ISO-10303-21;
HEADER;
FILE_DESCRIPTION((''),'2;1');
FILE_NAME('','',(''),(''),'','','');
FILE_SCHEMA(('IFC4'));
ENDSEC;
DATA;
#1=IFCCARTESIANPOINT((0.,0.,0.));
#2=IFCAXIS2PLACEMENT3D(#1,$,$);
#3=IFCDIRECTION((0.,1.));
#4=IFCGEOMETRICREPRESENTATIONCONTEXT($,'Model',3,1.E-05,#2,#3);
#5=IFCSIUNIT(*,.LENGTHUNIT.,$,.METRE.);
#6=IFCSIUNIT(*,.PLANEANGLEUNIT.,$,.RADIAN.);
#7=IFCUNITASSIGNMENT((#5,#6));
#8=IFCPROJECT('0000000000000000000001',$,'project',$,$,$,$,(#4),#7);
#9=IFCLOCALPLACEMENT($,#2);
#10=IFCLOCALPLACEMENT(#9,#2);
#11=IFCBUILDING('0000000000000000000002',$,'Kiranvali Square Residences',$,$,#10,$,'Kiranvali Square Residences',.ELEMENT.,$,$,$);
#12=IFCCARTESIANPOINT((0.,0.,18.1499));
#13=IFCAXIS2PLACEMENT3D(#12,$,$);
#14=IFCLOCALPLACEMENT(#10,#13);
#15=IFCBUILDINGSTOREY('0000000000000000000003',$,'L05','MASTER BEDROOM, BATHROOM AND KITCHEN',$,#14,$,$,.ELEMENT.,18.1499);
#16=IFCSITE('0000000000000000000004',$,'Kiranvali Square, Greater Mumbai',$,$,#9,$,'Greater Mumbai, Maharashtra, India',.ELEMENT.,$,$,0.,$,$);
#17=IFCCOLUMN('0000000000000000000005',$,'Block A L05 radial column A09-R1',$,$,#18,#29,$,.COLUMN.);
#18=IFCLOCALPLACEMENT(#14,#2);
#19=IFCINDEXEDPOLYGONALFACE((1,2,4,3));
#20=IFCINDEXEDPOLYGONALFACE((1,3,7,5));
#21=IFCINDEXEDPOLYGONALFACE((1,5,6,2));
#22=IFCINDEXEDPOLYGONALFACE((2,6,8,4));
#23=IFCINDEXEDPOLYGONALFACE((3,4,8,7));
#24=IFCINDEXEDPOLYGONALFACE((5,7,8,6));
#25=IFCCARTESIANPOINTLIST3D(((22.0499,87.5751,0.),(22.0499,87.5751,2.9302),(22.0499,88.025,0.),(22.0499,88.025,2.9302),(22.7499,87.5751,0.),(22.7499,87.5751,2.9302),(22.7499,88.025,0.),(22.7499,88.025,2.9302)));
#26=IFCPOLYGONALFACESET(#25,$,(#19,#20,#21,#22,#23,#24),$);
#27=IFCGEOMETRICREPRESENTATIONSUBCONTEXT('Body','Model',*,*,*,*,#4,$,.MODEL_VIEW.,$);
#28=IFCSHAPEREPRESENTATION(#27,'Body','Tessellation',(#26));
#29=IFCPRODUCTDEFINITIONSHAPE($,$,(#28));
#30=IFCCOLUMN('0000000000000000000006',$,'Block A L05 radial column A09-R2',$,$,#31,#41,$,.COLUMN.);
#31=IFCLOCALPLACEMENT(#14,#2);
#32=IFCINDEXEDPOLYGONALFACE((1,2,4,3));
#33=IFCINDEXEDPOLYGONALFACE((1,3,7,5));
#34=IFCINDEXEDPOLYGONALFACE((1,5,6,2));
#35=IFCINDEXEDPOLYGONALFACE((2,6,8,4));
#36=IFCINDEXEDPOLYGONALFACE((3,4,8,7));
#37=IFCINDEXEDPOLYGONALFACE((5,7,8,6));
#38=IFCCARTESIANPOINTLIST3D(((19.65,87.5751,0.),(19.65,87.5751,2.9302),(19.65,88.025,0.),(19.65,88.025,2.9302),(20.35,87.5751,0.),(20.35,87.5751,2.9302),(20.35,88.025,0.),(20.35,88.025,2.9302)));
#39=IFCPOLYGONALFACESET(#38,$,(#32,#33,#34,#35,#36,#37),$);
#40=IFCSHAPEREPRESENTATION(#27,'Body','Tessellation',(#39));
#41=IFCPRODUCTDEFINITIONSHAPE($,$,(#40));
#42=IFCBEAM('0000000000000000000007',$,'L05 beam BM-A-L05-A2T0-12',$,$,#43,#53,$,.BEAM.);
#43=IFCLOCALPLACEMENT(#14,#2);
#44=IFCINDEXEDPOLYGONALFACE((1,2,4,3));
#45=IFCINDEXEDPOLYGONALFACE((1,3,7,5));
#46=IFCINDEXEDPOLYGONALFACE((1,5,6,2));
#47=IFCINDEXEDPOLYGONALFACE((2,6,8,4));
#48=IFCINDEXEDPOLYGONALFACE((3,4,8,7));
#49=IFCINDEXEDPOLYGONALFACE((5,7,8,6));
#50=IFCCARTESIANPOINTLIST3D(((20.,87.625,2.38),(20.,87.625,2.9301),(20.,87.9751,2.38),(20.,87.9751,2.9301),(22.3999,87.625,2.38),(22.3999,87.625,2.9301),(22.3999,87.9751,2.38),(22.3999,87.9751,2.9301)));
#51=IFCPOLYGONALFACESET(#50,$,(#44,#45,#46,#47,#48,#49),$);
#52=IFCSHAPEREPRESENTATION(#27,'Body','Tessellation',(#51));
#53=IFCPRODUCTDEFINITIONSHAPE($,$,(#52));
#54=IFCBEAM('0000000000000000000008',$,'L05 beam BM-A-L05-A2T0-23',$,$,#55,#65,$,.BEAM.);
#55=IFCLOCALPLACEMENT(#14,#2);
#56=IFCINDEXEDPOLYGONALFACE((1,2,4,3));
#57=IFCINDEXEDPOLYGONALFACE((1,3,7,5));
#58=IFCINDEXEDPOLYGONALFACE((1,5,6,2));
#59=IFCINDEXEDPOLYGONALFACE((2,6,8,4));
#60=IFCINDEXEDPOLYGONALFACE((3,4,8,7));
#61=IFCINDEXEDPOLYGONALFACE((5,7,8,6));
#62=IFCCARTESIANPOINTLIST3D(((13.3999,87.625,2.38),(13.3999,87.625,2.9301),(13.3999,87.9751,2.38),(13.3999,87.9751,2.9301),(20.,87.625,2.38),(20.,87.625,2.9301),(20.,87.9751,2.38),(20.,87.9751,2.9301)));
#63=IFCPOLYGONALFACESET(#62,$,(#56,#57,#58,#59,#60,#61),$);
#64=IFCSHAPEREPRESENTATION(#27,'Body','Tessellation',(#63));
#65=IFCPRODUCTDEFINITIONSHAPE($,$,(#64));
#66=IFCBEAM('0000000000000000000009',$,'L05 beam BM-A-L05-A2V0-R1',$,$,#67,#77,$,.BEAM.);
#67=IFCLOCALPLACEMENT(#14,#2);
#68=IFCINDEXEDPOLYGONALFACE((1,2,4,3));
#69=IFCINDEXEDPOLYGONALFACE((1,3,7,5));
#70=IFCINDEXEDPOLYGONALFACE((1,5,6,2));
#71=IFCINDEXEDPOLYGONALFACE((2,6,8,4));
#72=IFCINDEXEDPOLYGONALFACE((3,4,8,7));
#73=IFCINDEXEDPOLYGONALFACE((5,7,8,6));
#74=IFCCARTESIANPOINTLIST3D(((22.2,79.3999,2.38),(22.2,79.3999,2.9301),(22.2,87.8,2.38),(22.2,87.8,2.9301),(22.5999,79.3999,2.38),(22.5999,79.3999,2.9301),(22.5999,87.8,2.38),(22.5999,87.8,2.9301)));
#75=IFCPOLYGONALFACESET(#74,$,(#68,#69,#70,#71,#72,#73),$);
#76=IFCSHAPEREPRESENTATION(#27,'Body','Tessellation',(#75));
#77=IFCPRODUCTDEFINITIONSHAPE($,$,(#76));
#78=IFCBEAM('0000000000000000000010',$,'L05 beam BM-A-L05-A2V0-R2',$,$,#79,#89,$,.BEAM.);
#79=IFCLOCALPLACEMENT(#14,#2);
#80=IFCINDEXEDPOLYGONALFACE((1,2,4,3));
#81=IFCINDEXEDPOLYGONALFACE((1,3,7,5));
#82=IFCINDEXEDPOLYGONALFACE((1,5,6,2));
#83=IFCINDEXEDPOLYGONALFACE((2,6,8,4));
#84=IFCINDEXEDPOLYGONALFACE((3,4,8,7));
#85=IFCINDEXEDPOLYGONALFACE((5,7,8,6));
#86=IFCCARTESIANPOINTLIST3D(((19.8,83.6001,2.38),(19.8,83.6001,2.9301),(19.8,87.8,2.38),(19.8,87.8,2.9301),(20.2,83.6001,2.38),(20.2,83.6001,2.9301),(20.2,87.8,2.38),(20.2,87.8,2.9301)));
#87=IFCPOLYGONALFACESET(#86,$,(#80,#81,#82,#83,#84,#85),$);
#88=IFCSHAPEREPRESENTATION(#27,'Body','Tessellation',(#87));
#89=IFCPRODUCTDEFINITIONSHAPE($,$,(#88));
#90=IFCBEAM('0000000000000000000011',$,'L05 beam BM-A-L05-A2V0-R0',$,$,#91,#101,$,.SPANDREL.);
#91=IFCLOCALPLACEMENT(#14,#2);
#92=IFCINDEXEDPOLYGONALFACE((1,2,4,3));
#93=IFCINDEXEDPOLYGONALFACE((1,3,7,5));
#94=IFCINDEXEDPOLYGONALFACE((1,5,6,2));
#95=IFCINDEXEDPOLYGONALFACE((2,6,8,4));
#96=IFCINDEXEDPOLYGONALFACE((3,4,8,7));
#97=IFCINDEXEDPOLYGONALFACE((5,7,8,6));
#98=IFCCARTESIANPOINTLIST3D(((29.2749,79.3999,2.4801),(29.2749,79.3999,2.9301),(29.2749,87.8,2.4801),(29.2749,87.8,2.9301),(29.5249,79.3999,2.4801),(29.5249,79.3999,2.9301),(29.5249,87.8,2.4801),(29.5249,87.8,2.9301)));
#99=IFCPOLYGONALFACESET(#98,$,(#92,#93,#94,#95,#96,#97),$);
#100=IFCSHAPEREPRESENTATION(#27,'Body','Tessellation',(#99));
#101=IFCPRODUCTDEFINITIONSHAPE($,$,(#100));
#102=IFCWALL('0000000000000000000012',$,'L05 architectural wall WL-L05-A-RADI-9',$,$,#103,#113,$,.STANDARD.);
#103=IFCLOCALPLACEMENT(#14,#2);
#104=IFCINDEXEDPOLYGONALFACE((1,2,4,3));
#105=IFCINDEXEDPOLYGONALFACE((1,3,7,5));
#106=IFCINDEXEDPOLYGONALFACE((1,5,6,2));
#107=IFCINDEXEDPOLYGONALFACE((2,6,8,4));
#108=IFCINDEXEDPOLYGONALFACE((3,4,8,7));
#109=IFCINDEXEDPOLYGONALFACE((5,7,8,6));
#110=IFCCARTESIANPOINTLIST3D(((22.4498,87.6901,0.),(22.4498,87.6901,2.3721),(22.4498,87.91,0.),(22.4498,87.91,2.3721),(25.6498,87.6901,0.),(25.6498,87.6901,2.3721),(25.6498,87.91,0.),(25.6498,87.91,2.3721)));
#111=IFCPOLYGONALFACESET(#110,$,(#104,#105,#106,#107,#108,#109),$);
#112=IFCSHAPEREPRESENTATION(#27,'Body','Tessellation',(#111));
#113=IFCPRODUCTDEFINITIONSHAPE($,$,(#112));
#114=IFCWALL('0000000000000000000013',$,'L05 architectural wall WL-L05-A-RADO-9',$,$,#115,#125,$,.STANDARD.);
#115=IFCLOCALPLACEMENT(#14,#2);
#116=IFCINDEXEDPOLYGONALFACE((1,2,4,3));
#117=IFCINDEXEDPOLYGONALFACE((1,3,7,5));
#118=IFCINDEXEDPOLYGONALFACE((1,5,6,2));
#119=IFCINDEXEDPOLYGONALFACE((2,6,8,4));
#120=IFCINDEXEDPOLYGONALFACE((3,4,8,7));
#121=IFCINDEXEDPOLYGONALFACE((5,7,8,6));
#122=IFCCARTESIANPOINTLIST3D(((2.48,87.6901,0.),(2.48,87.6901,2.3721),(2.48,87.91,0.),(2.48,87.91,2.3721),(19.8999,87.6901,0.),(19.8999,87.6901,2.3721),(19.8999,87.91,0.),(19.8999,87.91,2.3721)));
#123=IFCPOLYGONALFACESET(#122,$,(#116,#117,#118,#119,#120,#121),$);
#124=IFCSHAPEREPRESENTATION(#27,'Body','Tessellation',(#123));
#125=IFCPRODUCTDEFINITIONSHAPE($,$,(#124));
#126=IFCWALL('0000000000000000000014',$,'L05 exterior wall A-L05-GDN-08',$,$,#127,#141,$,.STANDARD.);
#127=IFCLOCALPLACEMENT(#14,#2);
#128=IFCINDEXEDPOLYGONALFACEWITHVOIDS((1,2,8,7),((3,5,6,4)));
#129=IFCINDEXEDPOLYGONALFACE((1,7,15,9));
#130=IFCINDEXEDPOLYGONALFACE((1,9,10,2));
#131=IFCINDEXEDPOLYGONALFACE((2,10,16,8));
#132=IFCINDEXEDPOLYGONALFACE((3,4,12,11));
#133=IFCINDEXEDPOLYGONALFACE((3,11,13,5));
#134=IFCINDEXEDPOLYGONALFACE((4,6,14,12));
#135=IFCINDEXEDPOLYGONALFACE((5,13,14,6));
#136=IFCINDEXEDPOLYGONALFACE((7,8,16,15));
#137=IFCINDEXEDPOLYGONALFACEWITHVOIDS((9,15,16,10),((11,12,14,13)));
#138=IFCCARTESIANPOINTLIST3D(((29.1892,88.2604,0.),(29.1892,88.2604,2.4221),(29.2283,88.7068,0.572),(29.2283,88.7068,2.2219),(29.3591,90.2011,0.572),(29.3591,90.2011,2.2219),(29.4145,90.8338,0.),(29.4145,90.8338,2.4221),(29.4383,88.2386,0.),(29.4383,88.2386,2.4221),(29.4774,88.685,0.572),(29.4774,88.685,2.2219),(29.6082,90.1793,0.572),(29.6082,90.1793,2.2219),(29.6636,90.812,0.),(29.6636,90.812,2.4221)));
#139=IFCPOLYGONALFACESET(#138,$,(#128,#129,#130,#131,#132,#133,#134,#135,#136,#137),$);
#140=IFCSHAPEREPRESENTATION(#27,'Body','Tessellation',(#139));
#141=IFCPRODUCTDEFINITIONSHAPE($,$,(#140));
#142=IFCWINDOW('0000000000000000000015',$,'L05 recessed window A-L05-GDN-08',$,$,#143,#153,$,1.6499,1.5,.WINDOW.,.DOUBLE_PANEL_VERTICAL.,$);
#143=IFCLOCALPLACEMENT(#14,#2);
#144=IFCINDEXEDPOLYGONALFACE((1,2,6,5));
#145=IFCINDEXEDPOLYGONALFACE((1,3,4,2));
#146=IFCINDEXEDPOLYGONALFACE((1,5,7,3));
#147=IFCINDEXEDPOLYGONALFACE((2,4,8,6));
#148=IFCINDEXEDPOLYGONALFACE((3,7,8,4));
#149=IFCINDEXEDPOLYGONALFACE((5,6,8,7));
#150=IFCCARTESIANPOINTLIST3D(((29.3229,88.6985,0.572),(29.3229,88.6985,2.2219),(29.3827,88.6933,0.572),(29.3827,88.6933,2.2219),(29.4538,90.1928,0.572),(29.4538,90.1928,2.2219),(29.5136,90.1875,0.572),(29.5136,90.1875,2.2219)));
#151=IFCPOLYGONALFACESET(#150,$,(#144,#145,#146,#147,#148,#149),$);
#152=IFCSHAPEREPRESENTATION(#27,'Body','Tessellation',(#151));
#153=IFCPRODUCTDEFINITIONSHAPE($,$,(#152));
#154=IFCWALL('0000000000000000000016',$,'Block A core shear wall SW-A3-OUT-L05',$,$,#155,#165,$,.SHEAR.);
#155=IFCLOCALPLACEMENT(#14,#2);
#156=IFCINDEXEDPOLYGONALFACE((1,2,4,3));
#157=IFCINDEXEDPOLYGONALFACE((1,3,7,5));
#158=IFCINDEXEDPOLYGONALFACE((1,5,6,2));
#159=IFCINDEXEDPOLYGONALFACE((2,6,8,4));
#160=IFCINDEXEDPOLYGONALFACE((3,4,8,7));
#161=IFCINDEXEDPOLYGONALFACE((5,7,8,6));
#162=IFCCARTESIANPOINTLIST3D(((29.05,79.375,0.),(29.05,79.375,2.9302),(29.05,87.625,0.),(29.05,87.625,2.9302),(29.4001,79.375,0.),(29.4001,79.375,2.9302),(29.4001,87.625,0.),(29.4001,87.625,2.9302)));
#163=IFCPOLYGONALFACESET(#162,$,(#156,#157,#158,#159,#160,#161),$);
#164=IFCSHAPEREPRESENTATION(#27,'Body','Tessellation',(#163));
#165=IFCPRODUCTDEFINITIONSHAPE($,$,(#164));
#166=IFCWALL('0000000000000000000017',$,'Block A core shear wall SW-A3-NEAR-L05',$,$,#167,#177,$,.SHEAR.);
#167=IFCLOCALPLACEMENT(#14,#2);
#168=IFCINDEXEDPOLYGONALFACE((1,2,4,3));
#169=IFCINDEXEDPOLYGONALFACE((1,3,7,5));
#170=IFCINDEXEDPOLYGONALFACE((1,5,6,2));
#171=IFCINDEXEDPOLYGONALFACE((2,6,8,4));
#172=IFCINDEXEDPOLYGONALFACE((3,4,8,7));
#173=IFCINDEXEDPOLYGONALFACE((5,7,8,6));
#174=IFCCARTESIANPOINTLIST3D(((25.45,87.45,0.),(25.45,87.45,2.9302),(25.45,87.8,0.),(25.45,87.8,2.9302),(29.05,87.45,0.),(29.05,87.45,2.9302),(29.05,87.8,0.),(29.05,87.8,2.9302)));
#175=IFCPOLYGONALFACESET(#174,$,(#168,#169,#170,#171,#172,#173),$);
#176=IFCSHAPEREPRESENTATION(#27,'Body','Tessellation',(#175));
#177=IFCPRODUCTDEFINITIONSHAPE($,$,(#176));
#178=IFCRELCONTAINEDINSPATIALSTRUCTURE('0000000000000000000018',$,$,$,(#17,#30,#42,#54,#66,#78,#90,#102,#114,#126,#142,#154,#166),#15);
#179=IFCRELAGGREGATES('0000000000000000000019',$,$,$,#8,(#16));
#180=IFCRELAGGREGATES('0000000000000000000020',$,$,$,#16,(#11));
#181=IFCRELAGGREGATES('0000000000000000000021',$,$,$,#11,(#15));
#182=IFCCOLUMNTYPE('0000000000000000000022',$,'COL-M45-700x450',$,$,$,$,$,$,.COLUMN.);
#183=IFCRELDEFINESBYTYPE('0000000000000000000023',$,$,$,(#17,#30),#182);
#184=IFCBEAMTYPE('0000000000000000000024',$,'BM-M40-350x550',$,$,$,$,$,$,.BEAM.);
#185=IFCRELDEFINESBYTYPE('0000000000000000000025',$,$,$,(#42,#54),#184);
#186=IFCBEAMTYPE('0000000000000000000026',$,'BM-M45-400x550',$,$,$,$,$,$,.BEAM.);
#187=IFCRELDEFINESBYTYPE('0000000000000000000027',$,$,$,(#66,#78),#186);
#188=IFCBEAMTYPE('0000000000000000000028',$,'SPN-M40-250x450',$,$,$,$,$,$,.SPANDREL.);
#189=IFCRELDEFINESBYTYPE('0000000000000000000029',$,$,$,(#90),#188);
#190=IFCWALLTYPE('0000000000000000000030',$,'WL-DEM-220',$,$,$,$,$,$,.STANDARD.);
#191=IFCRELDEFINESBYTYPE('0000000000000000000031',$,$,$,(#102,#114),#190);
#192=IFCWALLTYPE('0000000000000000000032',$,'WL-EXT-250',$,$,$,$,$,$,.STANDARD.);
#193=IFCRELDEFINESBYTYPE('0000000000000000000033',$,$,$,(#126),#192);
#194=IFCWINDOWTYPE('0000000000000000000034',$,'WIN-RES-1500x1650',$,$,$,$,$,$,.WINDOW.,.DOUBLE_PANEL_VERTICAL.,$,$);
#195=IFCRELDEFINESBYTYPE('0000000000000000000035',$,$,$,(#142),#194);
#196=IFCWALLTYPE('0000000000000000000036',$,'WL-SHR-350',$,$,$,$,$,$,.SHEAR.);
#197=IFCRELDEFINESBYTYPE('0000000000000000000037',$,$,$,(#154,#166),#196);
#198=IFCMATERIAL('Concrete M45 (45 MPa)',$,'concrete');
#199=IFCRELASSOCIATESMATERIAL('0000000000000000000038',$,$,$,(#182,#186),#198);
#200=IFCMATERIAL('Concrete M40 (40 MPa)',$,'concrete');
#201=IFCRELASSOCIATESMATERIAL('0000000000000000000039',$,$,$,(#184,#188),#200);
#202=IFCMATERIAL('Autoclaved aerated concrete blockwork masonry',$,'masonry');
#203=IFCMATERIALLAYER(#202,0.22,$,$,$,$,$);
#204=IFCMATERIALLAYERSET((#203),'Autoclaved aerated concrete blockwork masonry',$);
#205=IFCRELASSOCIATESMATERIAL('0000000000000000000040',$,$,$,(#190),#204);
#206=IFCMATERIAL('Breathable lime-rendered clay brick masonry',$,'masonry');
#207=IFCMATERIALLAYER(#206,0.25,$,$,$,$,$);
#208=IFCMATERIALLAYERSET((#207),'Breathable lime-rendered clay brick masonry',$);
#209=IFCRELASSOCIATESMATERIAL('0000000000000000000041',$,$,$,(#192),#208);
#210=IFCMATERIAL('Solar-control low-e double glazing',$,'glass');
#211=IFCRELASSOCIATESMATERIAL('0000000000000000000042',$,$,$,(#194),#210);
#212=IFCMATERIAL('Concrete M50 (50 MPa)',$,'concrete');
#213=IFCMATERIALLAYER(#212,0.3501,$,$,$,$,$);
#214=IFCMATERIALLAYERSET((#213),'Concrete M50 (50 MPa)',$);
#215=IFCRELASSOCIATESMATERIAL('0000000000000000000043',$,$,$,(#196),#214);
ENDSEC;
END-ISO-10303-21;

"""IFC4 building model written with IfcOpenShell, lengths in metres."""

from ifc_helpers import new_model, si_unit, direction, frame, frame_2d, origin, origin_2d, place, context, subcontext, project, spatial, rectangle, extrude, material, layer, layer_set, material_profile, profile_set, type_object, element, fill, save


model = new_model("IFC4")

# Units and contexts
model_context = context("Model", 3, precision=1e-05, world=origin(), true_north=direction((0.0, 1.0)))
body_context = subcontext(model_context, "Body", "Model", "MODEL_VIEW")
ifc_project = project(units=[si_unit("LENGTHUNIT", "METRE"), si_unit("PLANEANGLEUNIT", "RADIAN")], contexts=[model_context])

# Site, building, storey
site_placement = place(None, origin())
site = spatial("IfcSite", under=ifc_project, at=site_placement, Name="Kiranvali Square, Greater Mumbai", LongName="Greater Mumbai, Maharashtra, India", CompositionType="ELEMENT", RefElevation=0.0)
building_placement = place(site_placement, origin())
building = spatial("IfcBuilding", under=site, at=building_placement, Name="Kiranvali Square Residences", LongName="Kiranvali Square Residences", CompositionType="ELEMENT")
storey_placement = place(building_placement, frame((0.0, 0.0, 18.1499)))
storey = spatial("IfcBuildingStorey", under=building, at=storey_placement, Name="L05", Description="MASTER BEDROOM, BATHROOM AND KITCHEN", CompositionType="ELEMENT", Elevation=18.1499)

# Columns
ifc_material_1 = material(Name="Concrete M45 (45 MPa)", Category="concrete")
ifc_material_profile_1 = material_profile(ifc_material_1, rectangle(XDim=0.45, YDim=0.7, at=origin_2d()), Name="RC 700x450")
ifc_profile_set_1 = profile_set([ifc_material_profile_1], Name="Concrete M45 (45 MPa)")
column_type = type_object("IfcColumnType", Name="COL-M45-700x450", PredefinedType="COLUMN", material=ifc_profile_set_1)
for number, where, z_axis, x_axis, name in (
    (1, (22.3999, 87.8, 0.0), (0.0, 0.0, 1.0), (0.0, 1.0, 0.0), "Block A L05 radial column A09-R1"),
    (2, (20.0, 87.8, 0.0), (0.0, 0.0, 1.0), (0.0, 1.0, 0.0), "Block A L05 radial column A09-R2"),
):
    element("IfcColumn", number, at=place(storey_placement, frame(where, z_axis=z_axis, x_axis=x_axis)), inside=storey, type_object=column_type, Name=name, PredefinedType="COLUMN", context=body_context, shape_type="SweptSolid", body=[
        extrude(rectangle(XDim=0.45, YDim=0.7, at=origin_2d()), origin(), (0.0, 0.0, 1.0), 2.9302),
    ])

# Beams
ifc_material_2 = material(Name="Concrete M40 (40 MPa)", Category="concrete")
ifc_material_profile_2 = material_profile(ifc_material_2, rectangle(XDim=0.3501, YDim=0.55, at=origin_2d()), Name="RC 350x550")
ifc_profile_set_2 = profile_set([ifc_material_profile_2], Name="Concrete M40 (40 MPa)")
beam_type_1 = type_object("IfcBeamType", Name="BM-M40-350x550", PredefinedType="BEAM", material=ifc_profile_set_2)
beam_1_placement = place(storey_placement, frame((22.3999, 87.8, 2.655), z_axis=(-1.0, 0.0, 0.0), x_axis=(0.0, -1.0, 0.0)))
element("IfcBeam", 3, at=beam_1_placement, inside=storey, type_object=beam_type_1, Name="L05 beam BM-A-L05-A2T0-12", PredefinedType="BEAM", context=body_context, shape_type="SweptSolid", body=[
    extrude(rectangle(XDim=0.3501, YDim=0.55, at=origin_2d()), origin(), (0.0, 0.0, 1.0), 2.3999),
])
beam_2_placement = place(storey_placement, frame((20.0, 87.8, 2.655), z_axis=(-1.0, 0.0, 0.0), x_axis=(0.0, -1.0, 0.0)))
element("IfcBeam", 4, at=beam_2_placement, inside=storey, type_object=beam_type_1, Name="L05 beam BM-A-L05-A2T0-23", PredefinedType="BEAM", context=body_context, shape_type="SweptSolid", body=[
    extrude(rectangle(XDim=0.3501, YDim=0.55, at=origin_2d()), origin(), (0.0, 0.0, 1.0), 6.6001),
])
ifc_material_profile_3 = material_profile(ifc_material_1, rectangle(XDim=0.3999, YDim=0.55, at=origin_2d()), Name="RC 400x550")
ifc_profile_set_3 = profile_set([ifc_material_profile_3], Name="Concrete M45 (45 MPa)")
beam_type_2 = type_object("IfcBeamType", Name="BM-M45-400x550", PredefinedType="BEAM", material=ifc_profile_set_3)
beam_3_placement = place(storey_placement, frame((22.3999, 87.8, 2.655), z_axis=(0.0, -1.0, 0.0), x_axis=(1.0, 0.0, 0.0)))
element("IfcBeam", 5, at=beam_3_placement, inside=storey, type_object=beam_type_2, Name="L05 beam BM-A-L05-A2V0-R1", PredefinedType="BEAM", context=body_context, shape_type="SweptSolid", body=[
    extrude(rectangle(XDim=0.3999, YDim=0.55, at=origin_2d()), origin(), (0.0, 0.0, 1.0), 8.4001),
])
beam_4_placement = place(storey_placement, frame((20.0, 87.8, 2.655), z_axis=(0.0, -1.0, 0.0), x_axis=(1.0, 0.0, 0.0)))
element("IfcBeam", 6, at=beam_4_placement, inside=storey, type_object=beam_type_2, Name="L05 beam BM-A-L05-A2V0-R2", PredefinedType="BEAM", context=body_context, shape_type="SweptSolid", body=[
    extrude(rectangle(XDim=0.3999, YDim=0.55, at=origin_2d()), origin(), (0.0, 0.0, 1.0), 4.2),
])
ifc_material_profile_4 = material_profile(ifc_material_2, rectangle(XDim=0.25, YDim=0.45, at=origin_2d()), Name="RC 250x450")
ifc_profile_set_4 = profile_set([ifc_material_profile_4], Name="Concrete M40 (40 MPa)")
beam_type_3 = type_object("IfcBeamType", Name="SPN-M40-250x450", PredefinedType="SPANDREL", material=ifc_profile_set_4)
beam_5_placement = place(storey_placement, frame((29.3999, 87.8, 2.7051), z_axis=(0.0, -1.0, 0.0), x_axis=(1.0, 0.0, 0.0)))
element("IfcBeam", 7, at=beam_5_placement, inside=storey, type_object=beam_type_3, Name="L05 beam BM-A-L05-A2V0-R0", PredefinedType="SPANDREL", context=body_context, shape_type="SweptSolid", body=[
    extrude(rectangle(XDim=0.25, YDim=0.45, at=origin_2d()), origin(), (0.0, 0.0, 1.0), 8.4001),
])

# Shared definitions
ifc_material_3 = material(Name="Autoclaved aerated concrete blockwork masonry", Category="masonry")

# Walls
ifc_layer_1 = layer(ifc_material_3, 0.22)
ifc_layer_set_1 = layer_set([ifc_layer_1], Name="Autoclaved aerated concrete blockwork masonry")
wall_type_1 = type_object("IfcWallType", Name="WL-DEM-220", PredefinedType="STANDARD", material=ifc_layer_set_1)
wall_1_placement = place(storey_placement, frame((25.6499, 87.8, 0.0), z_axis=(0.0, 0.0, 1.0), x_axis=(-1.0, 0.0, 0.0)))
element("IfcWall", 8, at=wall_1_placement, inside=storey, type_object=wall_type_1, Name="L05 architectural wall WL-L05-A-RADI-9", PredefinedType="STANDARD", context=body_context, shape_type="SweptSolid", body=[
    extrude(rectangle(XDim=3.2, YDim=0.22, at=frame_2d((1.6001, 0.0))), origin(), (0.0, 0.0, 1.0), 2.3721),
])
wall_2_placement = place(storey_placement, frame((19.8999, 87.8, 0.0), z_axis=(0.0, 0.0, 1.0), x_axis=(-1.0, 0.0, 0.0)))
element("IfcWall", 9, at=wall_2_placement, inside=storey, type_object=wall_type_1, Name="L05 architectural wall WL-L05-A-RADO-9", PredefinedType="STANDARD", context=body_context, shape_type="SweptSolid", body=[
    extrude(rectangle(XDim=17.4199, YDim=0.22, at=frame_2d((8.71, 0.0))), origin(), (0.0, 0.0, 1.0), 2.3721),
])

# Wall, opening, window
ifc_material_4 = material(Name="Breathable lime-rendered clay brick masonry", Category="masonry")
ifc_layer_2 = layer(ifc_material_4, 0.25)
ifc_layer_set_2 = layer_set([ifc_layer_2], Name="Breathable lime-rendered clay brick masonry")
wall_type_2 = type_object("IfcWallType", Name="WL-EXT-250", PredefinedType="STANDARD", material=ifc_layer_set_2)
wall_3_placement = place(storey_placement, frame((29.5391, 90.8228, 0.0), z_axis=(0.0, 0.0, 1.0), x_axis=(-0.087229, -0.996188, 0.0)))
wall_3 = element("IfcWall", 10, at=wall_3_placement, inside=storey, type_object=wall_type_2, Name="L05 exterior wall A-L05-GDN-08", PredefinedType="STANDARD", context=body_context, shape_type="SweptSolid", body=[
    extrude(rectangle(XDim=2.5833, YDim=0.25, at=frame_2d((1.2915, 0.0))), origin(), (0.0, 0.0, 1.0), 2.4221),
])
opening_1_placement = place(wall_3_placement, frame((0.635, 0.0, 0.572)))
opening_1 = element("IfcOpeningElement", 11, at=opening_1_placement, cuts=wall_3, PredefinedType="OPENING", context=body_context, shape_type="SweptSolid", body=[
    extrude(rectangle(XDim=1.5, YDim=1.6499, at=frame_2d((0.75, 0.825))), frame((0.0, 0.135, 0.0), z_axis=(0.0, -1.0, 0.0), x_axis=(1.0, 0.0, 0.0)), (0.0, 0.0, 1.0), 0.27),
])
ifc_material_5 = material(Name="Solar-control low-e double glazing", Category="glass")
window_type = type_object("IfcWindowType", Name="WIN-RES-1500x1650", PartitioningType="DOUBLE_PANEL_VERTICAL", PredefinedType="WINDOW", material=ifc_material_5)
window_placement = place(opening_1_placement, origin())
window = element("IfcWindow", 12, at=window_placement, inside=storey, type_object=window_type, Name="L05 recessed window A-L05-GDN-08", OverallHeight=1.6499, OverallWidth=1.5, PartitioningType="DOUBLE_PANEL_VERTICAL", PredefinedType="WINDOW", context=body_context, shape_type="SweptSolid", body=[
    extrude(rectangle(XDim=1.5, YDim=1.6499, at=frame_2d((0.75, 0.825))), frame((0.0, 0.03, 0.0), z_axis=(0.0, -1.0, 0.0), x_axis=(1.0, 0.0, 0.0)), (0.0, 0.0, 1.0), 0.0601),
])
fill(opening_1, window)

# Wall
ifc_material_6 = material(Name="Concrete M50 (50 MPa)", Category="concrete")
ifc_layer_3 = layer(ifc_material_6, 0.3501)
ifc_layer_set_3 = layer_set([ifc_layer_3], Name="Concrete M50 (50 MPa)")
wall_type_3 = type_object("IfcWallType", Name="WL-SHR-350", PredefinedType="SHEAR", material=ifc_layer_set_3)
wall_4_placement = place(storey_placement, frame((29.2251, 87.625, 0.0), z_axis=(0.0, 0.0, 1.0), x_axis=(0.0, -1.0, 0.0)))
element("IfcWall", 13, at=wall_4_placement, inside=storey, type_object=wall_type_3, Name="Block A core shear wall SW-A3-OUT-L05", PredefinedType="SHEAR", context=body_context, shape_type="SweptSolid", body=[
    extrude(rectangle(XDim=8.25, YDim=0.3501, at=frame_2d((4.125, 0.0))), origin(), (0.0, 0.0, 1.0), 2.9302),
])

# Wall
wall_5_placement = place(storey_placement, frame((29.05, 87.625, 0.0), z_axis=(0.0, 0.0, 1.0), x_axis=(-1.0, 0.0, 0.0)))
element("IfcWall", 14, at=wall_5_placement, inside=storey, type_object=wall_type_3, Name="Block A core shear wall SW-A3-NEAR-L05", PredefinedType="SHEAR", context=body_context, shape_type="SweptSolid", body=[
    extrude(rectangle(XDim=3.6001, YDim=0.3501, at=frame_2d((1.8, 0.0))), origin(), (0.0, 0.0, 1.0), 2.9302),
])

save(model, "model.ifc")
